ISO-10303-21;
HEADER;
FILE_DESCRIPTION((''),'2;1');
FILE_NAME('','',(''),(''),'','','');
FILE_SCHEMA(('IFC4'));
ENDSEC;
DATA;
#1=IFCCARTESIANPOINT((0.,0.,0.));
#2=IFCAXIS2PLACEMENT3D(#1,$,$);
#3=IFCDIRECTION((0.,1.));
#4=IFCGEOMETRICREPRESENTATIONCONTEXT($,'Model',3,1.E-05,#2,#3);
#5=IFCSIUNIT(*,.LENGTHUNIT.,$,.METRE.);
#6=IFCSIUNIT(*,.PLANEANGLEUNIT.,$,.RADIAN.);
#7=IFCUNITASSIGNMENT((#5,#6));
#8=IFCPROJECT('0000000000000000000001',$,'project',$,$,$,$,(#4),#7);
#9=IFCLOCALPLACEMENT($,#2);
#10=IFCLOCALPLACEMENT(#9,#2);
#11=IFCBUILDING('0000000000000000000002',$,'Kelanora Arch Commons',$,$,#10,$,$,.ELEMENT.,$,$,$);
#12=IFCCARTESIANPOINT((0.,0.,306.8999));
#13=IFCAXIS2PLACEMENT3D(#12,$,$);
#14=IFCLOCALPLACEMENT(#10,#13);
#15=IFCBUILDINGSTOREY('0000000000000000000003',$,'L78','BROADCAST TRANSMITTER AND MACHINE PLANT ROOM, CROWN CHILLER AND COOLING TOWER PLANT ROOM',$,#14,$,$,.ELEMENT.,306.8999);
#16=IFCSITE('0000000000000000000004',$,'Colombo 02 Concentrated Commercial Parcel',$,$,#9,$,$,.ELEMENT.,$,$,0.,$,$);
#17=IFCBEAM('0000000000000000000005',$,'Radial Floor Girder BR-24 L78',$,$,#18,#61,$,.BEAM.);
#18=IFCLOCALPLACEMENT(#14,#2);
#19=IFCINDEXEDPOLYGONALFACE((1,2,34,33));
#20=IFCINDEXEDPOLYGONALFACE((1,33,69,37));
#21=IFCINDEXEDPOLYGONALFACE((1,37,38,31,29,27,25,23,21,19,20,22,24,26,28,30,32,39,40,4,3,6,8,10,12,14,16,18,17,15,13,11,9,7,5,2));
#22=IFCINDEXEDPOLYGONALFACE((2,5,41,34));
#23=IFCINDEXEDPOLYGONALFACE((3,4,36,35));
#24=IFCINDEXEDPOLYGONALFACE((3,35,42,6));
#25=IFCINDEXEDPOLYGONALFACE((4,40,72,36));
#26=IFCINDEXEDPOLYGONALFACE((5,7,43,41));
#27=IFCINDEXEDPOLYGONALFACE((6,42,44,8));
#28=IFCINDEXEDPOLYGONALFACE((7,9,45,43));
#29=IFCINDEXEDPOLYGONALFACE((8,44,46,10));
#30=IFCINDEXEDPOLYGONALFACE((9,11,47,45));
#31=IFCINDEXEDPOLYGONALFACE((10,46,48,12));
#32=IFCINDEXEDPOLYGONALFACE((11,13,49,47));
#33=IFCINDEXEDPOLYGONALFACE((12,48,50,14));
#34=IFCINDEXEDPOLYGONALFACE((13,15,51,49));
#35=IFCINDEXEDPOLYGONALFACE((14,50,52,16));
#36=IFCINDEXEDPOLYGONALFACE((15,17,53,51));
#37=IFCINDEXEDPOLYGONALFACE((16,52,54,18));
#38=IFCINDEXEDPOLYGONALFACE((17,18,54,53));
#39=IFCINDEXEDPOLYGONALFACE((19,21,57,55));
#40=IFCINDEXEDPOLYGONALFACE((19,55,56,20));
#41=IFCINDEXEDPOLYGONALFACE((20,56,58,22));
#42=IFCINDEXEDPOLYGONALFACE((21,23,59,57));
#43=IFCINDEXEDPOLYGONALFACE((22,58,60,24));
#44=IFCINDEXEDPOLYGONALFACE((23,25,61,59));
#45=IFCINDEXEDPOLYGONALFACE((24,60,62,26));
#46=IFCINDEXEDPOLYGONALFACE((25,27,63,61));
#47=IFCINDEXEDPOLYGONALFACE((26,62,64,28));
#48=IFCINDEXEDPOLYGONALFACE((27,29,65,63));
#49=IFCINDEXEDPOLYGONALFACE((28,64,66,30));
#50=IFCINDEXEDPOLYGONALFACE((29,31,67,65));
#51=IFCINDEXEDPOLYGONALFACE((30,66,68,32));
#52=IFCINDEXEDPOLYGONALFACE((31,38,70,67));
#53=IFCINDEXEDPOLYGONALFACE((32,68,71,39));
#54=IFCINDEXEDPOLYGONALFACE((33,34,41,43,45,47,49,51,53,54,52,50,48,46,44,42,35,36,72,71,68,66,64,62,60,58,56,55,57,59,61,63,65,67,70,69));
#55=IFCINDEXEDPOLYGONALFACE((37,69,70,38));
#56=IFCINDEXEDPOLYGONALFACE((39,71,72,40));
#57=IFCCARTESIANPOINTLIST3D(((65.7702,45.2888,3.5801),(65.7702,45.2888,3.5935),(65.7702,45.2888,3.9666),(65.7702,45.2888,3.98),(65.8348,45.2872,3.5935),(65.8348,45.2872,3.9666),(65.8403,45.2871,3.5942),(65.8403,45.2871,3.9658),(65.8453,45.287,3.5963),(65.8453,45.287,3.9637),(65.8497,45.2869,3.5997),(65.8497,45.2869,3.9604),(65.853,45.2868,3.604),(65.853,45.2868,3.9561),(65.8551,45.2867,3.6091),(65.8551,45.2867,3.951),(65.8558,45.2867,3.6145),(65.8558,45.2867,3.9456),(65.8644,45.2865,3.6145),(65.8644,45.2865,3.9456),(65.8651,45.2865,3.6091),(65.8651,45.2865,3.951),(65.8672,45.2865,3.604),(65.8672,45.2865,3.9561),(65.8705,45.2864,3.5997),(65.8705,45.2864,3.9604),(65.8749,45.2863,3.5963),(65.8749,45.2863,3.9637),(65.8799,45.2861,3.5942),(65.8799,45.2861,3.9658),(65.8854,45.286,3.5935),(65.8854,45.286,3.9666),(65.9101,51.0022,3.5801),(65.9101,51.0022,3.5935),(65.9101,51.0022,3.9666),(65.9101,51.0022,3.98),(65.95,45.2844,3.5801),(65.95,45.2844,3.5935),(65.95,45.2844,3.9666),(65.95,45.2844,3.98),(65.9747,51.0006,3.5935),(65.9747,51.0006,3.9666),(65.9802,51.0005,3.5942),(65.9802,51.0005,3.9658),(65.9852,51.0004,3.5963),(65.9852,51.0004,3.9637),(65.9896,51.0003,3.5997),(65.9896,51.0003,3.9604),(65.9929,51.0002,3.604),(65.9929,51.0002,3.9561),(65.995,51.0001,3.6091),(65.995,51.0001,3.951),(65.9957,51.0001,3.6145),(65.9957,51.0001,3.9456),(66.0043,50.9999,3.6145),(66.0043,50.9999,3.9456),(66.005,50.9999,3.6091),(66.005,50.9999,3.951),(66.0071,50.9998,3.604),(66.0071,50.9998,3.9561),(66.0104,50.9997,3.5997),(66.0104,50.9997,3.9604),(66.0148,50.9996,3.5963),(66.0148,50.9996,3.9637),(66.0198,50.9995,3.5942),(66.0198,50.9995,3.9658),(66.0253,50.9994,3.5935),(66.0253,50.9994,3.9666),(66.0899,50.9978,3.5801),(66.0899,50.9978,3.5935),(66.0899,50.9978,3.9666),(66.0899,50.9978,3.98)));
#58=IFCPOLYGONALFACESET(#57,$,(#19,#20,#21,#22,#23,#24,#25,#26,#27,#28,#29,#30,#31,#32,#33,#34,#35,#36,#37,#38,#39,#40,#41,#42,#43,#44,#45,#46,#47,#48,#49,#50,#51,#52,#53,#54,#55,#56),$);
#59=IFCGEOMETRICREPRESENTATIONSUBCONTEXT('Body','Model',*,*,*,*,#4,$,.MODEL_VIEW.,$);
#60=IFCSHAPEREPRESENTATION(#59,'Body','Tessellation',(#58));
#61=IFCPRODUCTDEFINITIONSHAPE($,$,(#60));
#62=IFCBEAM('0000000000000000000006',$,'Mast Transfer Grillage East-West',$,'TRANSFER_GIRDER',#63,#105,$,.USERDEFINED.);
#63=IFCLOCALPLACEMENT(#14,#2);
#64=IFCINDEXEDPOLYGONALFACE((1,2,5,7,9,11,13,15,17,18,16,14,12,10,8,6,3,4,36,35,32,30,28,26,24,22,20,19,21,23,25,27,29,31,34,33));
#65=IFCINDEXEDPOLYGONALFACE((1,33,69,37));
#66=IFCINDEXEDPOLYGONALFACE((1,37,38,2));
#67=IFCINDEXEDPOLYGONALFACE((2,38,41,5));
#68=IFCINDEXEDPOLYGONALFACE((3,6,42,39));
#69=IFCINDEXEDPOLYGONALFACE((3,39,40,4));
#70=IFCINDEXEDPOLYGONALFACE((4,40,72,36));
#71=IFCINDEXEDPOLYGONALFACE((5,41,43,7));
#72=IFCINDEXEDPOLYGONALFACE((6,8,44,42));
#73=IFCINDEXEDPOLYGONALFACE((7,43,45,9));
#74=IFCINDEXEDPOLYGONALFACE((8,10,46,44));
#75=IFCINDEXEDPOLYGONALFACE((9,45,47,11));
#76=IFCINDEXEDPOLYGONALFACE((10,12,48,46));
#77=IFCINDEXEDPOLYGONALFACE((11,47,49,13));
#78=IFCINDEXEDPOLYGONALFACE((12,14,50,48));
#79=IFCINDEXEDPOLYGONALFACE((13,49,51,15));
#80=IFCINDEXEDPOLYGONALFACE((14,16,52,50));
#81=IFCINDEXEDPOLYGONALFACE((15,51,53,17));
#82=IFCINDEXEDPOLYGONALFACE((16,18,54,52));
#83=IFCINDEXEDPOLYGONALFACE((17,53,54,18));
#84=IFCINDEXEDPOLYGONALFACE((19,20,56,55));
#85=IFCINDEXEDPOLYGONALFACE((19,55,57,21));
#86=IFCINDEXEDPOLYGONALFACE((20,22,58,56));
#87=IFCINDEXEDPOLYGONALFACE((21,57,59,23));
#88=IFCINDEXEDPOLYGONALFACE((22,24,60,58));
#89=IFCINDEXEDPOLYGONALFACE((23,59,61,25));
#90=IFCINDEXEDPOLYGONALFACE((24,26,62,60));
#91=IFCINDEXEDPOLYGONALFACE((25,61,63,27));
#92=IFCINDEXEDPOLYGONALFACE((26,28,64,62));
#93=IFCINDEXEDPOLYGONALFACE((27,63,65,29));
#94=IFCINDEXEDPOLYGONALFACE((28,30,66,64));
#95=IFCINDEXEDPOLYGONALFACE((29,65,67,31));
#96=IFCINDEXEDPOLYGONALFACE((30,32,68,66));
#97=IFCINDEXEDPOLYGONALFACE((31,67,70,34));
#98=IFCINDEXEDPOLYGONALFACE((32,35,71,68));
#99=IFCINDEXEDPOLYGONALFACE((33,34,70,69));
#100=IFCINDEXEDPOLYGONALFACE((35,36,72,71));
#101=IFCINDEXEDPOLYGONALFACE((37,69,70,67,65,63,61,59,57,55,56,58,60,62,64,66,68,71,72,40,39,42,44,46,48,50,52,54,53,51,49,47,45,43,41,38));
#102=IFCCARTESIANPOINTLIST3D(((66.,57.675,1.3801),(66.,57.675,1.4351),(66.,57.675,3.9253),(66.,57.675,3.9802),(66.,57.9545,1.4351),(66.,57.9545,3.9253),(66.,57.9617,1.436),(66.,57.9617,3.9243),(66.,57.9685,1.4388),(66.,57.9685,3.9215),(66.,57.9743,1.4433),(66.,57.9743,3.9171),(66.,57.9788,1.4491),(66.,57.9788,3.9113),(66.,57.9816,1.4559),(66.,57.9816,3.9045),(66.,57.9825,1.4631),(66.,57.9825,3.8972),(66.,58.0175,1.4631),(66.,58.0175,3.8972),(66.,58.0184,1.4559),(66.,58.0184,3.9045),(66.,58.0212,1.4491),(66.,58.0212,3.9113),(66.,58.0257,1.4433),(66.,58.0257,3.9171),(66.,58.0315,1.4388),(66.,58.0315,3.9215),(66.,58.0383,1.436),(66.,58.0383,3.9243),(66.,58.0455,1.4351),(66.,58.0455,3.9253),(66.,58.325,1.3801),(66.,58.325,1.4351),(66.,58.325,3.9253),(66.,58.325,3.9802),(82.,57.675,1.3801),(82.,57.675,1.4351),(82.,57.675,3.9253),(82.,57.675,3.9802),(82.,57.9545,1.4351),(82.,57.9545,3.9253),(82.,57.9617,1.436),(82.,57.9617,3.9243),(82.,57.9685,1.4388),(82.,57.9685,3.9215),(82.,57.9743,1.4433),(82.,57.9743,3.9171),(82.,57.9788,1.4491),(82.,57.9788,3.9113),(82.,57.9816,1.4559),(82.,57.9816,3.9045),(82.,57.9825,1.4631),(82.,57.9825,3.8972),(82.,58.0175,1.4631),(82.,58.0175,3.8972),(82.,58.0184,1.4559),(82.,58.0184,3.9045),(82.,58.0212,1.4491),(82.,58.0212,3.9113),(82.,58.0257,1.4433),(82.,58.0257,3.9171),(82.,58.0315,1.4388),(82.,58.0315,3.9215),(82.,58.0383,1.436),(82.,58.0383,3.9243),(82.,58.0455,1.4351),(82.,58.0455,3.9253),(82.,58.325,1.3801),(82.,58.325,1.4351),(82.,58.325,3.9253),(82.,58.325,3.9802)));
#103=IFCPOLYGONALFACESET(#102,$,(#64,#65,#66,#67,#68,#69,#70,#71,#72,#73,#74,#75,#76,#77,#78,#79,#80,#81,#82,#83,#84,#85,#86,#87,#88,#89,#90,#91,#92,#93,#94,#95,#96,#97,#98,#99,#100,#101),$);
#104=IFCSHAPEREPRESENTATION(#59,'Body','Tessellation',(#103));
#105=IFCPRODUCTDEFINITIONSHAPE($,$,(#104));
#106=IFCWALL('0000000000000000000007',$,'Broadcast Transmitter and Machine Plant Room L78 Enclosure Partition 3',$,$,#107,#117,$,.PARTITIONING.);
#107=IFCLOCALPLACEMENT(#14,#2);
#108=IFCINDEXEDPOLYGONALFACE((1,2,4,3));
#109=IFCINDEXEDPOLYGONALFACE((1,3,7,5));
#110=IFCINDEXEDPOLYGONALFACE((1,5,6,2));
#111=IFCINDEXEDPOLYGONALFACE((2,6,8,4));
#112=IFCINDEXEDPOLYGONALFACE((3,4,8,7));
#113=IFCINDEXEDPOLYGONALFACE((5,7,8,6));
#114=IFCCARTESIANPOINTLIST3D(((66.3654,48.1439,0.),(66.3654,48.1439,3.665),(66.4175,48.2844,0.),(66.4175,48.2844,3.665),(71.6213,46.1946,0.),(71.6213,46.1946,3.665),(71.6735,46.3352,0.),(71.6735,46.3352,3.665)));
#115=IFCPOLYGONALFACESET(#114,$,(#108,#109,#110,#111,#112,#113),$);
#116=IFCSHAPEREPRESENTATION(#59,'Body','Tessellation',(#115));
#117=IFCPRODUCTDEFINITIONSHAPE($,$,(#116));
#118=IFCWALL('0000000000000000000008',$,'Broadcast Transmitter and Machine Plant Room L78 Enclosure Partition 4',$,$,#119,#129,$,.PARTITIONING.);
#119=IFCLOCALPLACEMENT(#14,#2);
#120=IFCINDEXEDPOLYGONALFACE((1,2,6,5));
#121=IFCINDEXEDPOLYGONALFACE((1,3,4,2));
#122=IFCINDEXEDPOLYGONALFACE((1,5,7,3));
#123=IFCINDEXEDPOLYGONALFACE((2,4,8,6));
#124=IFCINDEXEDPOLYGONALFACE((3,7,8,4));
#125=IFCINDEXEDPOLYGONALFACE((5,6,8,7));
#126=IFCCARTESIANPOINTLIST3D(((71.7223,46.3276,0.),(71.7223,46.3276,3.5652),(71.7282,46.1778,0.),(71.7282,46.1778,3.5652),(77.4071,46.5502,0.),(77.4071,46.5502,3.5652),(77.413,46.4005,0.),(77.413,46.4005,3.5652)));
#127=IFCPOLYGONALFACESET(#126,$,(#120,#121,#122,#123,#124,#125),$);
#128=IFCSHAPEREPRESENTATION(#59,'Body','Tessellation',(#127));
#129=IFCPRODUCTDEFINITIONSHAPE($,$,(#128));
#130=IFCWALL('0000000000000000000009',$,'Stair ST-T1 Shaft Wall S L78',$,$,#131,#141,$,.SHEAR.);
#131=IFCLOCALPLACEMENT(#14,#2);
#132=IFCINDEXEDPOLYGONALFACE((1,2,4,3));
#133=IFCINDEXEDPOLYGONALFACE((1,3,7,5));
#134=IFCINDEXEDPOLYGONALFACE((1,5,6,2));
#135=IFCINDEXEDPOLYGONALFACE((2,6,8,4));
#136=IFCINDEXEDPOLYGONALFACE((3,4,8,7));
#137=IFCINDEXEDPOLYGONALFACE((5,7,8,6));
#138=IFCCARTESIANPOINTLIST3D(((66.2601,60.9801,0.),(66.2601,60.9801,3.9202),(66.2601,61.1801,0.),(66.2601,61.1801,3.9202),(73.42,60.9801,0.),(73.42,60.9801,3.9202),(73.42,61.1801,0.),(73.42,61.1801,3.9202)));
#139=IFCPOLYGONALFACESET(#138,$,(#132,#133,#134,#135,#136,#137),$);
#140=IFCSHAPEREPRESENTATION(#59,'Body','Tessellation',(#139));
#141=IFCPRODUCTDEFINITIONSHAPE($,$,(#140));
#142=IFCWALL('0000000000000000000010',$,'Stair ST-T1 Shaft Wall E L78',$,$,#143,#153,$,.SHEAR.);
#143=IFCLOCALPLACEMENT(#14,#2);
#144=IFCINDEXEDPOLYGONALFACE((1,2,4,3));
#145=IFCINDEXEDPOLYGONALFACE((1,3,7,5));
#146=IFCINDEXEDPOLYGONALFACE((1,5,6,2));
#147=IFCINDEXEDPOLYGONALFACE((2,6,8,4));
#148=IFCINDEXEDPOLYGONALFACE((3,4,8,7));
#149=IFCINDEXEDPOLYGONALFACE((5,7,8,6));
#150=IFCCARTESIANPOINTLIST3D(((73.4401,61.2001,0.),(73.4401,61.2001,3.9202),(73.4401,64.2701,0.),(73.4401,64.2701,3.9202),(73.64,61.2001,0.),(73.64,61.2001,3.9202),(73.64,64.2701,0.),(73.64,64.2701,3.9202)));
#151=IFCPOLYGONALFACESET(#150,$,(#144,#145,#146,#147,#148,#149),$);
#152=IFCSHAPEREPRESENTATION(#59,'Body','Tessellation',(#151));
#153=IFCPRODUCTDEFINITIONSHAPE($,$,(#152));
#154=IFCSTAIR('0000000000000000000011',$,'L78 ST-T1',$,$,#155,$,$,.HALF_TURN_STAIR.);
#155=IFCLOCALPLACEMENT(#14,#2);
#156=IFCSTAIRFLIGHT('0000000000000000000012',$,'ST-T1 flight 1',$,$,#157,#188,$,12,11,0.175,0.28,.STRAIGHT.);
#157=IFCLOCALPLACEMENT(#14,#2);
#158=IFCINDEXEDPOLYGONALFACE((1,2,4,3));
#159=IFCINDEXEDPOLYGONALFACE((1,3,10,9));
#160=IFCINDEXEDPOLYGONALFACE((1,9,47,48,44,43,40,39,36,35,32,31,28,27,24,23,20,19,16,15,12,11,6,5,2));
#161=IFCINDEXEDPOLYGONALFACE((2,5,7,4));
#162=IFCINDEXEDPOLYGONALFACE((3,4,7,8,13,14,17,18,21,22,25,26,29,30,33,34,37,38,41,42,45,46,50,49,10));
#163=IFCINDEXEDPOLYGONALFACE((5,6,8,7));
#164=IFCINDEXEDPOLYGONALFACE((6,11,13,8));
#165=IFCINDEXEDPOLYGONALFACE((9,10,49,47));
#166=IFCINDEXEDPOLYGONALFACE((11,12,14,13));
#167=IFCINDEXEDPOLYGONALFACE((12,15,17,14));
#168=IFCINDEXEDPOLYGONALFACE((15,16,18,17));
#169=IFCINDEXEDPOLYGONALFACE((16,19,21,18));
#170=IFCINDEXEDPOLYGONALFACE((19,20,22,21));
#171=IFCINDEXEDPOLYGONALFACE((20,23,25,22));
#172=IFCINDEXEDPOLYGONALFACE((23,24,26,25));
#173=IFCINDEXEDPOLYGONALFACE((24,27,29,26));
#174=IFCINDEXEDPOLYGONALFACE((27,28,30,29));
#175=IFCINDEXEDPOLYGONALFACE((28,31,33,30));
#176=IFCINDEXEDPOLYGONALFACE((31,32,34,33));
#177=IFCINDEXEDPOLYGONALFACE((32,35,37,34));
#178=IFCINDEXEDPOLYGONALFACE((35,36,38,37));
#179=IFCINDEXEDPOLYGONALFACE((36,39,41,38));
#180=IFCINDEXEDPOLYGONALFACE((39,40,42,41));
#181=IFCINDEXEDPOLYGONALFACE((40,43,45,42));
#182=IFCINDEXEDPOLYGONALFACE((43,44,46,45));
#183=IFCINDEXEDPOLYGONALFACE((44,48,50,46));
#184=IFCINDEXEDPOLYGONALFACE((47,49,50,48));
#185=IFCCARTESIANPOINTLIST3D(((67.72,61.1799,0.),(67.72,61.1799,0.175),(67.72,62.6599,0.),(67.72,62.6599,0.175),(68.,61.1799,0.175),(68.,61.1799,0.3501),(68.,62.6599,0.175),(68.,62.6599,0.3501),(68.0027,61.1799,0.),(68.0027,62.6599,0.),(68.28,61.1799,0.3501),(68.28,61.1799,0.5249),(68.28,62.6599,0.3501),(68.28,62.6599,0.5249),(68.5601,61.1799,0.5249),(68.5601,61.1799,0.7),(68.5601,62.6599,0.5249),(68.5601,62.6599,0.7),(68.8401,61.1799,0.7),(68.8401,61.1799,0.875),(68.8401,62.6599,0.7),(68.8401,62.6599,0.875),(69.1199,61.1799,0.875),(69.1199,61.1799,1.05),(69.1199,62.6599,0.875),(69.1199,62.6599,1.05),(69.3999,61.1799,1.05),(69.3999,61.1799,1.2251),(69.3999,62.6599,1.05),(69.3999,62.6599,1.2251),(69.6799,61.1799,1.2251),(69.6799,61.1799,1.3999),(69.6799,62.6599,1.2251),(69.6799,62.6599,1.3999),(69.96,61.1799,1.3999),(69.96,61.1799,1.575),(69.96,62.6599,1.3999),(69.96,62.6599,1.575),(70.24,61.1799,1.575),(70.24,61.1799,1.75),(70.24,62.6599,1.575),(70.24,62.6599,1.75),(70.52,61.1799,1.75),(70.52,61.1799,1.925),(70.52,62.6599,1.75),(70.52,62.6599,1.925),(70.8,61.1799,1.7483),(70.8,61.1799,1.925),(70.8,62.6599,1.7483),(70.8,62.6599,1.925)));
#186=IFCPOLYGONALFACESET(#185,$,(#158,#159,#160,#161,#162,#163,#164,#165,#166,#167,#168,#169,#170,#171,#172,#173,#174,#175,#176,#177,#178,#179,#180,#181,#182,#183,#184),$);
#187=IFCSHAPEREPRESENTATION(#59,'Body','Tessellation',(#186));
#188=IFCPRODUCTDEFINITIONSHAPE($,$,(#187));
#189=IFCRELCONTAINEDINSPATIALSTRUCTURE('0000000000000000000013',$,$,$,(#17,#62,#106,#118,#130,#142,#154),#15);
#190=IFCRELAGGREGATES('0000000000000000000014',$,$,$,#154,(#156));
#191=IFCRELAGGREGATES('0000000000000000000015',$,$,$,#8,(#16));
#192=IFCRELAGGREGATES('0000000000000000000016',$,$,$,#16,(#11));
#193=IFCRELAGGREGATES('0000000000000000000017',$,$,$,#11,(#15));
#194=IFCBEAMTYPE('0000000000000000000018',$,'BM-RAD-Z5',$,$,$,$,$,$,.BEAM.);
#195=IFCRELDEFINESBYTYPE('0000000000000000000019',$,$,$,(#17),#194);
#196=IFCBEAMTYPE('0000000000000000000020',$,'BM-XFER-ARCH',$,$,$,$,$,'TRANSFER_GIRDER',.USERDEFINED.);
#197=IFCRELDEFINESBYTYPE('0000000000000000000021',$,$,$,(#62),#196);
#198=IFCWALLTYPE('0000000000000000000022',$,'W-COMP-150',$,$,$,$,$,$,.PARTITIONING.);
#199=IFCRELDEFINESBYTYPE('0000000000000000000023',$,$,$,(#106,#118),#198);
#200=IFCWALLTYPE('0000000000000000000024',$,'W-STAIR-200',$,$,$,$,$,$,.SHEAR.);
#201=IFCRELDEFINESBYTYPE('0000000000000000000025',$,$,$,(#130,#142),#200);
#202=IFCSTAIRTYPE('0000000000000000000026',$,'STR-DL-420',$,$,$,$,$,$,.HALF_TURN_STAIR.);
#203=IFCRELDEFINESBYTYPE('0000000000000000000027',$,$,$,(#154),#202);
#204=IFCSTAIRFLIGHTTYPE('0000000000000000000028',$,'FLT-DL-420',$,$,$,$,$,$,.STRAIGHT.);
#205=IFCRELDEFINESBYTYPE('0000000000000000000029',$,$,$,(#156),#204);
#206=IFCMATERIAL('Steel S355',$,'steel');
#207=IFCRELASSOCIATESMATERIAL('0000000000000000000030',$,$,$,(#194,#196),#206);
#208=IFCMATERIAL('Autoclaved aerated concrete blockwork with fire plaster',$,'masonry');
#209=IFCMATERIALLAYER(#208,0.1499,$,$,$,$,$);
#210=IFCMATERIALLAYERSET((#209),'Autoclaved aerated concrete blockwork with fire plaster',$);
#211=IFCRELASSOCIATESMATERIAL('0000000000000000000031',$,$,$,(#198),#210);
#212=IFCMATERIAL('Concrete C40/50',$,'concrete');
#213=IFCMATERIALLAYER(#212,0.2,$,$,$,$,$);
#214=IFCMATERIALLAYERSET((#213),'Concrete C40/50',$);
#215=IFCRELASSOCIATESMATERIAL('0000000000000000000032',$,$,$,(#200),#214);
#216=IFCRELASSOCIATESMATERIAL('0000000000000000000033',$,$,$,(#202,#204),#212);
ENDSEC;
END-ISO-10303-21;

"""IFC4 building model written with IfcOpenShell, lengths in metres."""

from ifc_helpers import new_model, si_unit, direction, frame, frame_2d, origin, origin_2d, place, context, subcontext, project, spatial, polyline, rectangle, i_section, outline, extrude, material, layer, layer_set, material_profile, profile_set, type_object, element, aggregate, save


model = new_model("IFC4")

# Units and contexts
model_context = context("Model", 3, precision=1e-05, world=origin(), true_north=direction((0.0, 1.0)))
body_context = subcontext(model_context, "Body", "Model", "MODEL_VIEW")
ifc_project = project(units=[si_unit("LENGTHUNIT", "METRE"), si_unit("PLANEANGLEUNIT", "RADIAN")], contexts=[model_context])

# Site, building, storey
site_placement = place(None, origin())
site = spatial("IfcSite", under=ifc_project, at=site_placement, Name="Colombo 02 Concentrated Commercial Parcel", CompositionType="ELEMENT", RefElevation=0.0)
building_placement = place(site_placement, origin())
building = spatial("IfcBuilding", under=site, at=building_placement, Name="Kelanora Arch Commons", CompositionType="ELEMENT")
storey_placement = place(building_placement, frame((0.0, 0.0, 306.8999)))
storey = spatial("IfcBuildingStorey", under=building, at=storey_placement, Name="L78", Description="BROADCAST TRANSMITTER AND MACHINE PLANT ROOM, CROWN CHILLER AND COOLING TOWER PLANT ROOM", CompositionType="ELEMENT", Elevation=306.8999)

# Beams
ifc_material_1 = material(Name="Steel S355", Category="steel")
ifc_material_profile_1 = material_profile(ifc_material_1, i_section(OverallWidth=0.1799, OverallDepth=0.3999, WebThickness=0.0085, FlangeThickness=0.0134, FilletRadius=0.021, at=origin_2d()), Name="IPE400")
ifc_profile_set_1 = profile_set([ifc_material_profile_1], Name="Steel S355")
beam_type_1 = type_object("IfcBeamType", Name="BM-RAD-Z5", PredefinedType="BEAM", material=ifc_profile_set_1)
beam_1_placement = place(storey_placement, frame((66.0, 51.0, 3.78), z_axis=(-0.024478, -0.9997, 0.0), x_axis=(0.9997, -0.024478, 0.0)))
element("IfcBeam", 1, at=beam_1_placement, inside=storey, type_object=beam_type_1, Name="Radial Floor Girder BR-24 L78", PredefinedType="BEAM", context=body_context, shape_type="SweptSolid", body=[
    extrude(i_section(OverallWidth=0.1799, OverallDepth=0.3999, WebThickness=0.0085, FlangeThickness=0.0134, FilletRadius=0.021, at=origin_2d()), origin(), (0.0, 0.0, 1.0), 5.7151),
])
ifc_material_profile_2 = material_profile(ifc_material_1, i_section(OverallWidth=0.6499, OverallDepth=2.6001, WebThickness=0.0349, FlangeThickness=0.0549, FilletRadius=0.0281, at=origin_2d()), Name="PG2600x650")
ifc_profile_set_2 = profile_set([ifc_material_profile_2], Name="Steel S355")
beam_type_2 = type_object("IfcBeamType", Name="BM-XFER-ARCH", ElementType="TRANSFER_GIRDER", PredefinedType="USERDEFINED", material=ifc_profile_set_2)
beam_2_placement = place(storey_placement, frame((66.0, 58.0, 2.6802), z_axis=(1.0, 0.0, 0.0), x_axis=(0.0, 1.0, 0.0)))
element("IfcBeam", 2, at=beam_2_placement, inside=storey, type_object=beam_type_2, Name="Mast Transfer Grillage East-West", ObjectType="TRANSFER_GIRDER", PredefinedType="USERDEFINED", context=body_context, shape_type="SweptSolid", body=[
    extrude(i_section(OverallWidth=0.6499, OverallDepth=2.6001, WebThickness=0.0349, FlangeThickness=0.0549, FilletRadius=0.0281, at=origin_2d()), origin(), (0.0, 0.0, 1.0), 16.0),
])

# Walls
ifc_material_2 = material(Name="Autoclaved aerated concrete blockwork with fire plaster", Category="masonry")
ifc_layer_1 = layer(ifc_material_2, 0.1499)
ifc_layer_set_1 = layer_set([ifc_layer_1], Name="Autoclaved aerated concrete blockwork with fire plaster")
wall_type_1 = type_object("IfcWallType", Name="W-COMP-150", PredefinedType="PARTITIONING", material=ifc_layer_set_1)
wall_1_placement = place(storey_placement, frame((66.3916, 48.2141, 0.0), z_axis=(0.0, 0.0, 1.0), x_axis=(0.937597, -0.347723, 0.0)))
element("IfcWall", 3, at=wall_1_placement, inside=storey, type_object=wall_type_1, Name="Broadcast Transmitter and Machine Plant Room L78 Enclosure Partition 3", PredefinedType="PARTITIONING", context=body_context, shape_type="SweptSolid", body=[
    extrude(rectangle(XDim=5.6057, YDim=0.1499, at=frame_2d((2.8027, 0.0))), origin(), (0.0, 0.0, 1.0), 3.665),
])
wall_2_placement = place(storey_placement, frame((71.7251, 46.2527, 0.0), z_axis=(0.0, 0.0, 1.0), x_axis=(0.999234, 0.039137, 0.0)))
element("IfcWall", 4, at=wall_2_placement, inside=storey, type_object=wall_type_1, Name="Broadcast Transmitter and Machine Plant Room L78 Enclosure Partition 4", PredefinedType="PARTITIONING", context=body_context, shape_type="SweptSolid", body=[
    extrude(rectangle(XDim=5.6892, YDim=0.1499, at=frame_2d((2.8447, 0.0))), origin(), (0.0, 0.0, 1.0), 3.5652),
])
ifc_material_3 = material(Name="Concrete C40/50", Category="concrete")
ifc_layer_2 = layer(ifc_material_3, 0.2)
ifc_layer_set_2 = layer_set([ifc_layer_2], Name="Concrete C40/50")
wall_type_2 = type_object("IfcWallType", Name="W-STAIR-200", PredefinedType="SHEAR", material=ifc_layer_set_2)
wall_3_placement = place(storey_placement, frame((66.26, 61.0801, 0.0), z_axis=(0.0, 0.0, 1.0), x_axis=(1.0, 0.0, 0.0)))
element("IfcWall", 5, at=wall_3_placement, inside=storey, type_object=wall_type_2, Name="Stair ST-T1 Shaft Wall S L78", PredefinedType="SHEAR", context=body_context, shape_type="SweptSolid", body=[
    extrude(rectangle(XDim=7.1599, YDim=0.2, at=frame_2d((3.5801, 0.0))), origin(), (0.0, 0.0, 1.0), 3.9202),
])
wall_4_placement = place(storey_placement, frame((73.54, 61.2, 0.0), z_axis=(0.0, 0.0, 1.0), x_axis=(0.0, 1.0, 0.0)))
element("IfcWall", 6, at=wall_4_placement, inside=storey, type_object=wall_type_2, Name="Stair ST-T1 Shaft Wall E L78", PredefinedType="SHEAR", context=body_context, shape_type="SweptSolid", body=[
    extrude(rectangle(XDim=3.0701, YDim=0.2, at=frame_2d((1.5352, 0.0))), origin(), (0.0, 0.0, 1.0), 3.9202),
])

# Stair, stair flight
stair_type = type_object("IfcStairType", Name="STR-DL-420", PredefinedType="HALF_TURN_STAIR", material=ifc_material_3)
stair_placement = place(storey_placement, origin())
stair = element("IfcStair", 7, at=stair_placement, inside=storey, type_object=stair_type, Name="L78 ST-T1", PredefinedType="HALF_TURN_STAIR")
stair_flight_type = type_object("IfcStairFlightType", Name="FLT-DL-420", PredefinedType="STRAIGHT", material=ifc_material_3)
stair_flight_placement = place(storey_placement, frame((67.72, 61.9199, 0.0), z_axis=(0.0, 0.0, 1.0), x_axis=(1.0, 0.0, 0.0)))
stair_flight = element("IfcStairFlight", 8, at=stair_flight_placement, type_object=stair_flight_type, Name="ST-T1 flight 1", NumberOfRisers=12, NumberOfTreads=11, PredefinedType="STRAIGHT", RiserHeight=0.175, TreadLength=0.28, context=body_context, shape_type="SweptSolid", body=[
    extrude(outline(polyline([(0.0, 0.0), (0.0, 0.175), (0.28, 0.175), (0.28, 0.3501), (0.5601, 0.3501), (0.5601, 0.5249), (0.8401, 0.5249), (0.8401, 0.7), (1.1201, 0.7), (1.1201, 0.875), (1.3999, 0.875), (1.3999, 1.05), (1.6799, 1.05), (1.6799, 1.2251), (1.96, 1.2251), (1.96, 1.3999), (2.24, 1.3999), (2.24, 1.575), (2.52, 1.575), (2.52, 1.75), (2.8, 1.75), (2.8, 1.925), (3.0801, 1.925), (3.0801, 2.1001), (3.0801, 1.7483), (0.2827, 0.0), (0.0, 0.0)])), frame((0.0, 0.74, 0.0), z_axis=(0.0, -1.0, 0.0), x_axis=(1.0, 0.0, 0.0)), (0.0, 0.0, 1.0), 1.48),
])
aggregate(stair, [stair_flight])

save(model, "model.ifc")
